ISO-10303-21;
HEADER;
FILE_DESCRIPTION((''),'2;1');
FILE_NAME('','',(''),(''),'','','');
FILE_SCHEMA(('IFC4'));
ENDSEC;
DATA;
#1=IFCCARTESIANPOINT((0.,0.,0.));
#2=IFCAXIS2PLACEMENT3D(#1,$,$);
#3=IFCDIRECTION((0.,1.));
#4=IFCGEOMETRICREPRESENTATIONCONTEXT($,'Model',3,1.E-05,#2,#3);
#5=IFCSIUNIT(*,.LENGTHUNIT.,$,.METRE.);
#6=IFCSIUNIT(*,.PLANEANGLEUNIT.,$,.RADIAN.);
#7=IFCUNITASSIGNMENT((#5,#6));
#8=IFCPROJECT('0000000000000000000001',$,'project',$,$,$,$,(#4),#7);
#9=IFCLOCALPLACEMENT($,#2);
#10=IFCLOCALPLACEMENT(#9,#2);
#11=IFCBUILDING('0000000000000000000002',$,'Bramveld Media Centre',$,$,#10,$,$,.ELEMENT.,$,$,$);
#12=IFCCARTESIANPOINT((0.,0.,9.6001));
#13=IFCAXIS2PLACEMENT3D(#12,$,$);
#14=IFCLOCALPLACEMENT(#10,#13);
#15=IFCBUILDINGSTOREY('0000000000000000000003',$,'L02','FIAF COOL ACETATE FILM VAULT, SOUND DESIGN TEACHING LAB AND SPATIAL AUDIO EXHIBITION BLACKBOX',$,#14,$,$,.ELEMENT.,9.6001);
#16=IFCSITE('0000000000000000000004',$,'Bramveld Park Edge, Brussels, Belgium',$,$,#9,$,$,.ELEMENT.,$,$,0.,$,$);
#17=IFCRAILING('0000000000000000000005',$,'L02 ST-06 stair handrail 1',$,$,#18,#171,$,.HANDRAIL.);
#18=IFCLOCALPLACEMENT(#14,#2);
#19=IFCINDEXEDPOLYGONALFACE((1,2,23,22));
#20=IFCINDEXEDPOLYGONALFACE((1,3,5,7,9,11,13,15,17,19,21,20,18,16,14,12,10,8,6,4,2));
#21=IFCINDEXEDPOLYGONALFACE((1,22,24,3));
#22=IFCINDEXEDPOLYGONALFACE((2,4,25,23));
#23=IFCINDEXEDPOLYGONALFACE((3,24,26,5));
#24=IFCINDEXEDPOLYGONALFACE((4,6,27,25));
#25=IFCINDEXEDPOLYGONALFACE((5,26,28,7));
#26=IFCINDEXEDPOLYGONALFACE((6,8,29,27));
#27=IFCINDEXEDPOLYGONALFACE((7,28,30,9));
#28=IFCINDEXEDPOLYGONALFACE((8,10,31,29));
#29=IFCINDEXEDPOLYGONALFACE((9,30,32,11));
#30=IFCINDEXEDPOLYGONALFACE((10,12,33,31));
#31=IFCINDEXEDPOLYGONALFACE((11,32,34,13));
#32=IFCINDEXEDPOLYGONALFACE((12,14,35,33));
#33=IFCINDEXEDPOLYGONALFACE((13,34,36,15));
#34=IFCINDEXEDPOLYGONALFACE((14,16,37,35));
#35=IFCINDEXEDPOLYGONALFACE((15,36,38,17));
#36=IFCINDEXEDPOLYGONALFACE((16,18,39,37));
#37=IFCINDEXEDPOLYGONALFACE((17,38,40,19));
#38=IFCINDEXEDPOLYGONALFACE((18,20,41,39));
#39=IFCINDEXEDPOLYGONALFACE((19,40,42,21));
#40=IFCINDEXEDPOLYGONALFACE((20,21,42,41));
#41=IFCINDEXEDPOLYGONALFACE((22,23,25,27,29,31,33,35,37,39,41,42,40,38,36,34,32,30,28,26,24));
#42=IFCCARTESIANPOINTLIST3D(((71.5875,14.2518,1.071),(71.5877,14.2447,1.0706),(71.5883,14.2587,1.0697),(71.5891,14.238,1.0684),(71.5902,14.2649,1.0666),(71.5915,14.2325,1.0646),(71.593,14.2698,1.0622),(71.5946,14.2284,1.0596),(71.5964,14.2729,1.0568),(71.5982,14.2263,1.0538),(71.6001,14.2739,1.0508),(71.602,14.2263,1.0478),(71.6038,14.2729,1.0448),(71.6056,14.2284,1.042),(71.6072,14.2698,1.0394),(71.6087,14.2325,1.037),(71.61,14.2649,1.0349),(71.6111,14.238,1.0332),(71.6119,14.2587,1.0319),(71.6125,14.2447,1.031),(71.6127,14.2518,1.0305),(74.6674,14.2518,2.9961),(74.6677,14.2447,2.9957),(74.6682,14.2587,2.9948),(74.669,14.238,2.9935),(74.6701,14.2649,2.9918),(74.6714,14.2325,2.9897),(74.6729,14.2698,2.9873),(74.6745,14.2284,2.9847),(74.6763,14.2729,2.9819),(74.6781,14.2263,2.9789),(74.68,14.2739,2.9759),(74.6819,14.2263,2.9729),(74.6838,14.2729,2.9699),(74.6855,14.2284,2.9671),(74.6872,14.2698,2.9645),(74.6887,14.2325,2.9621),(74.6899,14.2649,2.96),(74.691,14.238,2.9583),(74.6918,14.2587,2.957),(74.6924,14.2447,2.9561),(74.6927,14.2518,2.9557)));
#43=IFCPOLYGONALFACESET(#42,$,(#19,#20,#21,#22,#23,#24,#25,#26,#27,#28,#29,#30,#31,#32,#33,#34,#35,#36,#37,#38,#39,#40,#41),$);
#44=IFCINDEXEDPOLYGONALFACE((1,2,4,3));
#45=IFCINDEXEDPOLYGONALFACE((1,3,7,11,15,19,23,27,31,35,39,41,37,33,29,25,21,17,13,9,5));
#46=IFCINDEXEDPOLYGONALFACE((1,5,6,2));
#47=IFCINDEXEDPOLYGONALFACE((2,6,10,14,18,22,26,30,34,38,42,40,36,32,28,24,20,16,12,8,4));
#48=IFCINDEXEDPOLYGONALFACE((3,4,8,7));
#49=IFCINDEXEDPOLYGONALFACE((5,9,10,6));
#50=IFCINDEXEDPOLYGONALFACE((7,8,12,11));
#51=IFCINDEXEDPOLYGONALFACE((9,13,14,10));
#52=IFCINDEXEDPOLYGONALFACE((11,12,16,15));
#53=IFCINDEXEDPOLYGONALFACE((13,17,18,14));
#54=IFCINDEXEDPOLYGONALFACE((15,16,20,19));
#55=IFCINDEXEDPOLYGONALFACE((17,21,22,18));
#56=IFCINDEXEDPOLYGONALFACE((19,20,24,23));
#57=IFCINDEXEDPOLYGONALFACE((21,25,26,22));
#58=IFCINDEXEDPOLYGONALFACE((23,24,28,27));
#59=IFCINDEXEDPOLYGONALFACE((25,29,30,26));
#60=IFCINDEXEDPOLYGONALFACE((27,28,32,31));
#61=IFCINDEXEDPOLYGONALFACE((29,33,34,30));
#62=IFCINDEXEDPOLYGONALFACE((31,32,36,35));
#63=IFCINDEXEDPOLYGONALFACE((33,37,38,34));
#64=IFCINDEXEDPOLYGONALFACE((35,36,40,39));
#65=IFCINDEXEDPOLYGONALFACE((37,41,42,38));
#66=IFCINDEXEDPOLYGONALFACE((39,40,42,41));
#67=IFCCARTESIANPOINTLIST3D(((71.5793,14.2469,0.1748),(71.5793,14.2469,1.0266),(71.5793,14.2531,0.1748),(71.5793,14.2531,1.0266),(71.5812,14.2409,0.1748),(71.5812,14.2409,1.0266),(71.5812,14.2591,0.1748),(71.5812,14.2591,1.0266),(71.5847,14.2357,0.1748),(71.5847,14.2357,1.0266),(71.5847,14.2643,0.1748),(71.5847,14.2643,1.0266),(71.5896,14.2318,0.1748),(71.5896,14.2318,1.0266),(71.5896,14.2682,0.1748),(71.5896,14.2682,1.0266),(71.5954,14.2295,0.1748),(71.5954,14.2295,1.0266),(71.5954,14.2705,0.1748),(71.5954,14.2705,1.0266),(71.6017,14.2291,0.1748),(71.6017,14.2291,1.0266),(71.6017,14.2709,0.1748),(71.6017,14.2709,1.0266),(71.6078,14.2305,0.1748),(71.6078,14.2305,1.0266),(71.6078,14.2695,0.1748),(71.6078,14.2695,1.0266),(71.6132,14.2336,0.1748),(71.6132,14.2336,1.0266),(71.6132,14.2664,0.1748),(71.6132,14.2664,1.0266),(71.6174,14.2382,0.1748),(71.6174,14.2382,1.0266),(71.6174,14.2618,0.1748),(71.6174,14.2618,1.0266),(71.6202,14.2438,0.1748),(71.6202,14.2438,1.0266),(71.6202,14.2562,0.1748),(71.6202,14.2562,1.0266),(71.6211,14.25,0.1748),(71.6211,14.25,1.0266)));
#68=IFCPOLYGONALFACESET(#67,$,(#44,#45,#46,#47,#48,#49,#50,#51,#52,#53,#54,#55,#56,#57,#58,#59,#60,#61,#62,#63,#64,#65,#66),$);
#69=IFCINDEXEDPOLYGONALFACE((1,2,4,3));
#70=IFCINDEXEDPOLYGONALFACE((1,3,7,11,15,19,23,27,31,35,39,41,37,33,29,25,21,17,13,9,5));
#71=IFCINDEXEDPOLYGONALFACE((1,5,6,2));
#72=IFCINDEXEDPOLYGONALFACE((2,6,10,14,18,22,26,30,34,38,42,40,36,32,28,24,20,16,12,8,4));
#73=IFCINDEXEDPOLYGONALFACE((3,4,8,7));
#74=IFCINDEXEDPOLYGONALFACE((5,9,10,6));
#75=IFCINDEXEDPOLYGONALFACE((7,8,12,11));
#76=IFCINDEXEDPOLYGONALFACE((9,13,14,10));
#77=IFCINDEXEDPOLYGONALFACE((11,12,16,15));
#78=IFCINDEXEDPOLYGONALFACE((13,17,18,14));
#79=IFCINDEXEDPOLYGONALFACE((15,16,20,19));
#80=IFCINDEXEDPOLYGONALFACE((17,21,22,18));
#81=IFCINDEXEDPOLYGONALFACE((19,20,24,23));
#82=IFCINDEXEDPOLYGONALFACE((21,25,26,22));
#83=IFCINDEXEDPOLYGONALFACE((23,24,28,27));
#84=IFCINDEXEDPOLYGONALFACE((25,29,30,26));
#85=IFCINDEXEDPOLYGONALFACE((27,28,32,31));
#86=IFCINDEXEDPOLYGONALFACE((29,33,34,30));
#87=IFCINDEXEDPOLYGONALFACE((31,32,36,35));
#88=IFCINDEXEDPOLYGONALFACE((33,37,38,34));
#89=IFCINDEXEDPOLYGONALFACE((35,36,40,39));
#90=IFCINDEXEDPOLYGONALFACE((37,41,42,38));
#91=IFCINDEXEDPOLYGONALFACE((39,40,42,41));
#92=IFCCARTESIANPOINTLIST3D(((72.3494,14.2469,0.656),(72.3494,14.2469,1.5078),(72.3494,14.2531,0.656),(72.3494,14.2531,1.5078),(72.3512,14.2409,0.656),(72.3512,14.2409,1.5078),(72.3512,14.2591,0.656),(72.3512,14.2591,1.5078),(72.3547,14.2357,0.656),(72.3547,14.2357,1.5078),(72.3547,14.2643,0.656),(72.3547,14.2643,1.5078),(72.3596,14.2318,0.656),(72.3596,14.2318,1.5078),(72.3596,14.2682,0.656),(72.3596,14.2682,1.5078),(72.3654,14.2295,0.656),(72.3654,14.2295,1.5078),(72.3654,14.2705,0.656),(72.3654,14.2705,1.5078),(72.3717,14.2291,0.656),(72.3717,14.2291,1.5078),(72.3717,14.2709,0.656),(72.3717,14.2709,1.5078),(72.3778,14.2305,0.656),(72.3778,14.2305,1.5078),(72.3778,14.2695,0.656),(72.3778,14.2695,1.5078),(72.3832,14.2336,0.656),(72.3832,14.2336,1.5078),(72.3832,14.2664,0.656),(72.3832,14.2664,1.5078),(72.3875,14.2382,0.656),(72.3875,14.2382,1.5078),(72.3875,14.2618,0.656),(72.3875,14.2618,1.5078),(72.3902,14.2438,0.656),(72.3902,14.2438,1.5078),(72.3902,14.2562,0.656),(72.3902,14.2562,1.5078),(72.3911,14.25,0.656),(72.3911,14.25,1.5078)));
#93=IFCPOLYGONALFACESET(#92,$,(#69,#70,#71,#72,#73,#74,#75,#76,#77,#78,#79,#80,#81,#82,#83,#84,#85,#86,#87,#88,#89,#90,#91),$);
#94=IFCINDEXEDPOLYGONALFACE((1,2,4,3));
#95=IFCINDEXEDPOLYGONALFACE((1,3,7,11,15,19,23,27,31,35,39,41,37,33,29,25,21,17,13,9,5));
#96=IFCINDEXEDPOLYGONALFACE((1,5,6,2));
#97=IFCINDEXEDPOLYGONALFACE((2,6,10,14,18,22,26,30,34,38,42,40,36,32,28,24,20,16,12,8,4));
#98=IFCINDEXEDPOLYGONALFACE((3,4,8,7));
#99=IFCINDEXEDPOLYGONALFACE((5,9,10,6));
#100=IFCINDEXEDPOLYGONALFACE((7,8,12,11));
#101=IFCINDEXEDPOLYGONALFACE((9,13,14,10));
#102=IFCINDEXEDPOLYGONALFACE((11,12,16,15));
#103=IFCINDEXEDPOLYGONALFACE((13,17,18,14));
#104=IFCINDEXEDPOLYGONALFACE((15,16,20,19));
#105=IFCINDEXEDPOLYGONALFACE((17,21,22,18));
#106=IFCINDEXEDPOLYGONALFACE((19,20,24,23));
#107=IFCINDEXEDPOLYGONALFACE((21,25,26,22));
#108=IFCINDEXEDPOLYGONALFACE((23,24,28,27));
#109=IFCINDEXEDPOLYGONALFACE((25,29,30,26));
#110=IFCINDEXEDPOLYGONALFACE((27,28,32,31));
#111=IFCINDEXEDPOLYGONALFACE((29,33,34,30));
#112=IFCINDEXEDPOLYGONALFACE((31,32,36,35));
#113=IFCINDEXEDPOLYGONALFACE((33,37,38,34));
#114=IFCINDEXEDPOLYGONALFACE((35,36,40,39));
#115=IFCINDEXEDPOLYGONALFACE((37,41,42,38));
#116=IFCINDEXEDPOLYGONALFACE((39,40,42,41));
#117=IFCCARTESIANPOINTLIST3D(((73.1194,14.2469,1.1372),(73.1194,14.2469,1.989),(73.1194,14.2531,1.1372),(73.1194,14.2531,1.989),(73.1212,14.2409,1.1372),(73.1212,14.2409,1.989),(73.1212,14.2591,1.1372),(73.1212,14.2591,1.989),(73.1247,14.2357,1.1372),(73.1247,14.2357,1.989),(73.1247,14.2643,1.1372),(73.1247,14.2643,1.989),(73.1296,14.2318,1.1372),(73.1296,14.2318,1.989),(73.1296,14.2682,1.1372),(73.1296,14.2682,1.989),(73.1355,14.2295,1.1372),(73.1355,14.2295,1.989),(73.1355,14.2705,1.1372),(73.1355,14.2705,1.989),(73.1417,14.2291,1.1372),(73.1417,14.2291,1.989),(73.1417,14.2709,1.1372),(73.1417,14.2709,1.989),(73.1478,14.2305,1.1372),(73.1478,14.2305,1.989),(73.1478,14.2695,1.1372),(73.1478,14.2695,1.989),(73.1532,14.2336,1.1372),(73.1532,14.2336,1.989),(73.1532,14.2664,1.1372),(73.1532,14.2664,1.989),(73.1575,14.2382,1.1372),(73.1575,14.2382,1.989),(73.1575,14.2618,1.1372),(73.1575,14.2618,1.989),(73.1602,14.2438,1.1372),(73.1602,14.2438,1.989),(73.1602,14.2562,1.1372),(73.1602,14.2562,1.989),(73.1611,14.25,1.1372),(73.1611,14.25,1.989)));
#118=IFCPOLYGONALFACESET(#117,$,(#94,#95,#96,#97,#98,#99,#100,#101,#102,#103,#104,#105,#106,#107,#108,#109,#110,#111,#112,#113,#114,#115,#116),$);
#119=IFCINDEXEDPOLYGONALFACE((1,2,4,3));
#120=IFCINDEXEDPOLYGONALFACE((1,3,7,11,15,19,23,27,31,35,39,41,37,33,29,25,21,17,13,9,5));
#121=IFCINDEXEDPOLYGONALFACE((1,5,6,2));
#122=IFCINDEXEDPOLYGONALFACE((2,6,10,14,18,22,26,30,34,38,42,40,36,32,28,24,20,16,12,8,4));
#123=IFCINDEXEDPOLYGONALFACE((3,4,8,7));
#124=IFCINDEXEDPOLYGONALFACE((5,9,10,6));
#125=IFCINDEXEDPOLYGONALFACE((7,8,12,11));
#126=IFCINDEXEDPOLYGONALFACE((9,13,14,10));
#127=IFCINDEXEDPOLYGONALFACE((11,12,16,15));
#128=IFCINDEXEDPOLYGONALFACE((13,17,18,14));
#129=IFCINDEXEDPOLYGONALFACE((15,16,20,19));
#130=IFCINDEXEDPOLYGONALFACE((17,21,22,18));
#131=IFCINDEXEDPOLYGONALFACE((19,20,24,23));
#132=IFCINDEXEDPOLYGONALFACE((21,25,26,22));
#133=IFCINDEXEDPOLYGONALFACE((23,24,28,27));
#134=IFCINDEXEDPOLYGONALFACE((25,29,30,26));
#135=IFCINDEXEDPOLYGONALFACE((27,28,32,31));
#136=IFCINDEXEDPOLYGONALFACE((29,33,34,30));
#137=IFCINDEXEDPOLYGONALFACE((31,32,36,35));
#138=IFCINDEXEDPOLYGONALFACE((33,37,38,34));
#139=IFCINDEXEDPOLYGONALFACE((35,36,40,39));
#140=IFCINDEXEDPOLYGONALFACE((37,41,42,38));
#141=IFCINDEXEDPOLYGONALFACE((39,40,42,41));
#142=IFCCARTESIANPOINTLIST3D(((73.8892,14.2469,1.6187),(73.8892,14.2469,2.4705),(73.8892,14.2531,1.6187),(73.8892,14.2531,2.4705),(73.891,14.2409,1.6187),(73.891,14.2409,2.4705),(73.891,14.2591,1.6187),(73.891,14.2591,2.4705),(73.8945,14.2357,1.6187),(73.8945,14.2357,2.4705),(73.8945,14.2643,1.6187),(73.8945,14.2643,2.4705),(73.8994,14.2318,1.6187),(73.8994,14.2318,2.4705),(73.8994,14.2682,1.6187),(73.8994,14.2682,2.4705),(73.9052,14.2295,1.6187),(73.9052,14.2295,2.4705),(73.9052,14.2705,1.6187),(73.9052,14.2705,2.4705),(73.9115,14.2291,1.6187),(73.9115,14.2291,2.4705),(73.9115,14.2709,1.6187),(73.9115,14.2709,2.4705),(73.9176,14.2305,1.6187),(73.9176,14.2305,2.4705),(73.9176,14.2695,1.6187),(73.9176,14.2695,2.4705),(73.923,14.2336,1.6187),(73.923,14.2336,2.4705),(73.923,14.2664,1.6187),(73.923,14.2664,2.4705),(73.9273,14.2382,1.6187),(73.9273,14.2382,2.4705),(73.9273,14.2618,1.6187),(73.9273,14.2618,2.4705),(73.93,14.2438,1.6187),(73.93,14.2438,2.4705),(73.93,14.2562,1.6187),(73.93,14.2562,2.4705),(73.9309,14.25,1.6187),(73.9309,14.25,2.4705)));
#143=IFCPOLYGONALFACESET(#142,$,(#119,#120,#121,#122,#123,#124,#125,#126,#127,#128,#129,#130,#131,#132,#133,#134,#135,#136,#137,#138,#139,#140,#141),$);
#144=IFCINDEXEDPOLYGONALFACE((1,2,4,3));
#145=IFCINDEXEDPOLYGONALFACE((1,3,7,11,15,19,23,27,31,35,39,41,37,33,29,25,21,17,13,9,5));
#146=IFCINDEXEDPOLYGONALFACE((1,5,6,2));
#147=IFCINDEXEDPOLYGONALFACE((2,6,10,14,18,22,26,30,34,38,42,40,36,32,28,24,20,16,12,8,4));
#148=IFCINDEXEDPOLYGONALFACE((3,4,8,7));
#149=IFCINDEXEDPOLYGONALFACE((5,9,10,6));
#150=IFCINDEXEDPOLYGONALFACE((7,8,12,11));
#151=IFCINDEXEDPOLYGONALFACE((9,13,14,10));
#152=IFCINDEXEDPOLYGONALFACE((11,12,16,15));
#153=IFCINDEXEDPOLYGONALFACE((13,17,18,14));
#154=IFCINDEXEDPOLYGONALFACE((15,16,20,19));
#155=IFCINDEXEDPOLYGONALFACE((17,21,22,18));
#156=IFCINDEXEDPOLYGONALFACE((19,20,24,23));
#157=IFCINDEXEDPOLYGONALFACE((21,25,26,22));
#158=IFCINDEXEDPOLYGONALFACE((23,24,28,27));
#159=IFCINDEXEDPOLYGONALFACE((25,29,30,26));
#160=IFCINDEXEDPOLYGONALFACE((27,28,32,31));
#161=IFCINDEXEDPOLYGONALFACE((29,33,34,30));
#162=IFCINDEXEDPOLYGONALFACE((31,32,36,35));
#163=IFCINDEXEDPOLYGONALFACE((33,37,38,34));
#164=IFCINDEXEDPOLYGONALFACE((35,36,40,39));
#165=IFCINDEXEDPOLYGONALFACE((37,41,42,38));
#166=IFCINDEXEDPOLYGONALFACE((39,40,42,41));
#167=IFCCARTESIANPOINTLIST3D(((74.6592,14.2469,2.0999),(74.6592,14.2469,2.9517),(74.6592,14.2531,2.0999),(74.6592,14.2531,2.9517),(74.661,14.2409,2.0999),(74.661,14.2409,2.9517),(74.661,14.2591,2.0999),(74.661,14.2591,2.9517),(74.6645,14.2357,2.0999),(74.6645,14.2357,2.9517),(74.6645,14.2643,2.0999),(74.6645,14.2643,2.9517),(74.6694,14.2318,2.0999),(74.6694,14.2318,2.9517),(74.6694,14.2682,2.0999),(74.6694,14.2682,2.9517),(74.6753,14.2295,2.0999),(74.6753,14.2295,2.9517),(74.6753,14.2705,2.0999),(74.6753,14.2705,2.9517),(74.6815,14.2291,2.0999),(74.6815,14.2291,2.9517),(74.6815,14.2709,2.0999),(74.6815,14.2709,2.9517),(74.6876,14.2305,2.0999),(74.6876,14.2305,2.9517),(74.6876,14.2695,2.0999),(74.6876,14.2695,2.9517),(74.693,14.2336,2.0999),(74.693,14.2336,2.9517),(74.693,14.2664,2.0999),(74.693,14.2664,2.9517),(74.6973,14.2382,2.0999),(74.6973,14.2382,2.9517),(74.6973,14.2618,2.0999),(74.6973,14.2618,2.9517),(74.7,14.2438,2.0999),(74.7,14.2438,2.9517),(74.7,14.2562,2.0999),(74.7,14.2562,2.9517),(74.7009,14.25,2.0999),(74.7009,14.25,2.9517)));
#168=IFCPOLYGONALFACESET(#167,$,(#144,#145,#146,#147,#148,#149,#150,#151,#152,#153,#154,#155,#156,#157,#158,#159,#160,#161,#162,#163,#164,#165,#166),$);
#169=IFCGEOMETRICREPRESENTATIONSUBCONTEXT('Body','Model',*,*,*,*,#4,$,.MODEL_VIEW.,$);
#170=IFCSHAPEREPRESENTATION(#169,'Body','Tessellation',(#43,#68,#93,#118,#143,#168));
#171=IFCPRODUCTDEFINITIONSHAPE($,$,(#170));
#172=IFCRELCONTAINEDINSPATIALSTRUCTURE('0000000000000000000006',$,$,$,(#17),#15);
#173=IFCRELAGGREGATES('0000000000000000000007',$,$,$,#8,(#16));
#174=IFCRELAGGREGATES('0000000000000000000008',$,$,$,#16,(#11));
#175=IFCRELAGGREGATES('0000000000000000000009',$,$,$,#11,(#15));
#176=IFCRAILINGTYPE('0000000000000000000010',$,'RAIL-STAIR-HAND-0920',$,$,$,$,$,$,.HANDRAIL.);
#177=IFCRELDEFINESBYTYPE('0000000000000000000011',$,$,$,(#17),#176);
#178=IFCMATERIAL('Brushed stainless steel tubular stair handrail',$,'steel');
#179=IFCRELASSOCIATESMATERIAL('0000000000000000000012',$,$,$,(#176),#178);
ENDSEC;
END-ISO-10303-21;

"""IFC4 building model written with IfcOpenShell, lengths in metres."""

from ifc_helpers import new_model, si_unit, direction, frame, origin, origin_2d, place, context, subcontext, project, spatial, circle, extrude, material, type_object, element, save


model = new_model("IFC4")

# Units and contexts
model_context = context("Model", 3, precision=1e-05, world=origin(), true_north=direction((0.0, 1.0)))
body_context = subcontext(model_context, "Body", "Model", "MODEL_VIEW")
ifc_project = project(units=[si_unit("LENGTHUNIT", "METRE"), si_unit("PLANEANGLEUNIT", "RADIAN")], contexts=[model_context])

# Site, building, storey
site_placement = place(None, origin())
site = spatial("IfcSite", under=ifc_project, at=site_placement, Name="Bramveld Park Edge, Brussels, Belgium", CompositionType="ELEMENT", RefElevation=0.0)
building_placement = place(site_placement, origin())
building = spatial("IfcBuilding", under=site, at=building_placement, Name="Bramveld Media Centre", CompositionType="ELEMENT")
storey_placement = place(building_placement, frame((0.0, 0.0, 9.6001)))
storey = spatial("IfcBuildingStorey", under=building, at=storey_placement, Name="L02", Description="FIAF COOL ACETATE FILM VAULT, SOUND DESIGN TEACHING LAB AND SPATIAL AUDIO EXHIBITION BLACKBOX", CompositionType="ELEMENT", Elevation=9.6001)

# Railing
ifc_material_1 = material(Name="Brushed stainless steel tubular stair handrail", Category="steel")
railing_type_1 = type_object("IfcRailingType", Name="RAIL-STAIR-HAND-0920", PredefinedType="HANDRAIL", material=ifc_material_1)
railing_1_placement = place(storey_placement, frame((71.6001, 14.25, 0.1748)))
element("IfcRailing", 1, at=railing_1_placement, inside=storey, type_object=railing_type_1, Name="L02 ST-06 stair handrail 1", PredefinedType="HANDRAIL", context=body_context, shape_type="SweptSolid", body=[
    extrude(circle(Radius=0.0239, at=origin_2d()), frame((0.0, 0.0, 0.876), z_axis=(0.847979, 0.0, 0.530029), x_axis=(0.0, 1.0, 0.0)), (0.0, 0.0, 1.0), 3.6321),
    extrude(circle(Radius=0.021, at=origin_2d()), origin(), (0.0, 0.0, 1.0), 0.8518),
    extrude(circle(Radius=0.021, at=origin_2d()), frame((0.77, 0.0, 0.4812)), (0.0, 0.0, 1.0), 0.8518),
    extrude(circle(Radius=0.021, at=origin_2d()), frame((1.54, 0.0, 0.9624)), (0.0, 0.0, 1.0), 0.8518),
    extrude(circle(Radius=0.021, at=origin_2d()), frame((2.3098, 0.0, 1.4438)), (0.0, 0.0, 1.0), 0.8518),
    extrude(circle(Radius=0.021, at=origin_2d()), frame((3.0798, 0.0, 1.925)), (0.0, 0.0, 1.0), 0.8518),
])

save(model, "model.ifc")
